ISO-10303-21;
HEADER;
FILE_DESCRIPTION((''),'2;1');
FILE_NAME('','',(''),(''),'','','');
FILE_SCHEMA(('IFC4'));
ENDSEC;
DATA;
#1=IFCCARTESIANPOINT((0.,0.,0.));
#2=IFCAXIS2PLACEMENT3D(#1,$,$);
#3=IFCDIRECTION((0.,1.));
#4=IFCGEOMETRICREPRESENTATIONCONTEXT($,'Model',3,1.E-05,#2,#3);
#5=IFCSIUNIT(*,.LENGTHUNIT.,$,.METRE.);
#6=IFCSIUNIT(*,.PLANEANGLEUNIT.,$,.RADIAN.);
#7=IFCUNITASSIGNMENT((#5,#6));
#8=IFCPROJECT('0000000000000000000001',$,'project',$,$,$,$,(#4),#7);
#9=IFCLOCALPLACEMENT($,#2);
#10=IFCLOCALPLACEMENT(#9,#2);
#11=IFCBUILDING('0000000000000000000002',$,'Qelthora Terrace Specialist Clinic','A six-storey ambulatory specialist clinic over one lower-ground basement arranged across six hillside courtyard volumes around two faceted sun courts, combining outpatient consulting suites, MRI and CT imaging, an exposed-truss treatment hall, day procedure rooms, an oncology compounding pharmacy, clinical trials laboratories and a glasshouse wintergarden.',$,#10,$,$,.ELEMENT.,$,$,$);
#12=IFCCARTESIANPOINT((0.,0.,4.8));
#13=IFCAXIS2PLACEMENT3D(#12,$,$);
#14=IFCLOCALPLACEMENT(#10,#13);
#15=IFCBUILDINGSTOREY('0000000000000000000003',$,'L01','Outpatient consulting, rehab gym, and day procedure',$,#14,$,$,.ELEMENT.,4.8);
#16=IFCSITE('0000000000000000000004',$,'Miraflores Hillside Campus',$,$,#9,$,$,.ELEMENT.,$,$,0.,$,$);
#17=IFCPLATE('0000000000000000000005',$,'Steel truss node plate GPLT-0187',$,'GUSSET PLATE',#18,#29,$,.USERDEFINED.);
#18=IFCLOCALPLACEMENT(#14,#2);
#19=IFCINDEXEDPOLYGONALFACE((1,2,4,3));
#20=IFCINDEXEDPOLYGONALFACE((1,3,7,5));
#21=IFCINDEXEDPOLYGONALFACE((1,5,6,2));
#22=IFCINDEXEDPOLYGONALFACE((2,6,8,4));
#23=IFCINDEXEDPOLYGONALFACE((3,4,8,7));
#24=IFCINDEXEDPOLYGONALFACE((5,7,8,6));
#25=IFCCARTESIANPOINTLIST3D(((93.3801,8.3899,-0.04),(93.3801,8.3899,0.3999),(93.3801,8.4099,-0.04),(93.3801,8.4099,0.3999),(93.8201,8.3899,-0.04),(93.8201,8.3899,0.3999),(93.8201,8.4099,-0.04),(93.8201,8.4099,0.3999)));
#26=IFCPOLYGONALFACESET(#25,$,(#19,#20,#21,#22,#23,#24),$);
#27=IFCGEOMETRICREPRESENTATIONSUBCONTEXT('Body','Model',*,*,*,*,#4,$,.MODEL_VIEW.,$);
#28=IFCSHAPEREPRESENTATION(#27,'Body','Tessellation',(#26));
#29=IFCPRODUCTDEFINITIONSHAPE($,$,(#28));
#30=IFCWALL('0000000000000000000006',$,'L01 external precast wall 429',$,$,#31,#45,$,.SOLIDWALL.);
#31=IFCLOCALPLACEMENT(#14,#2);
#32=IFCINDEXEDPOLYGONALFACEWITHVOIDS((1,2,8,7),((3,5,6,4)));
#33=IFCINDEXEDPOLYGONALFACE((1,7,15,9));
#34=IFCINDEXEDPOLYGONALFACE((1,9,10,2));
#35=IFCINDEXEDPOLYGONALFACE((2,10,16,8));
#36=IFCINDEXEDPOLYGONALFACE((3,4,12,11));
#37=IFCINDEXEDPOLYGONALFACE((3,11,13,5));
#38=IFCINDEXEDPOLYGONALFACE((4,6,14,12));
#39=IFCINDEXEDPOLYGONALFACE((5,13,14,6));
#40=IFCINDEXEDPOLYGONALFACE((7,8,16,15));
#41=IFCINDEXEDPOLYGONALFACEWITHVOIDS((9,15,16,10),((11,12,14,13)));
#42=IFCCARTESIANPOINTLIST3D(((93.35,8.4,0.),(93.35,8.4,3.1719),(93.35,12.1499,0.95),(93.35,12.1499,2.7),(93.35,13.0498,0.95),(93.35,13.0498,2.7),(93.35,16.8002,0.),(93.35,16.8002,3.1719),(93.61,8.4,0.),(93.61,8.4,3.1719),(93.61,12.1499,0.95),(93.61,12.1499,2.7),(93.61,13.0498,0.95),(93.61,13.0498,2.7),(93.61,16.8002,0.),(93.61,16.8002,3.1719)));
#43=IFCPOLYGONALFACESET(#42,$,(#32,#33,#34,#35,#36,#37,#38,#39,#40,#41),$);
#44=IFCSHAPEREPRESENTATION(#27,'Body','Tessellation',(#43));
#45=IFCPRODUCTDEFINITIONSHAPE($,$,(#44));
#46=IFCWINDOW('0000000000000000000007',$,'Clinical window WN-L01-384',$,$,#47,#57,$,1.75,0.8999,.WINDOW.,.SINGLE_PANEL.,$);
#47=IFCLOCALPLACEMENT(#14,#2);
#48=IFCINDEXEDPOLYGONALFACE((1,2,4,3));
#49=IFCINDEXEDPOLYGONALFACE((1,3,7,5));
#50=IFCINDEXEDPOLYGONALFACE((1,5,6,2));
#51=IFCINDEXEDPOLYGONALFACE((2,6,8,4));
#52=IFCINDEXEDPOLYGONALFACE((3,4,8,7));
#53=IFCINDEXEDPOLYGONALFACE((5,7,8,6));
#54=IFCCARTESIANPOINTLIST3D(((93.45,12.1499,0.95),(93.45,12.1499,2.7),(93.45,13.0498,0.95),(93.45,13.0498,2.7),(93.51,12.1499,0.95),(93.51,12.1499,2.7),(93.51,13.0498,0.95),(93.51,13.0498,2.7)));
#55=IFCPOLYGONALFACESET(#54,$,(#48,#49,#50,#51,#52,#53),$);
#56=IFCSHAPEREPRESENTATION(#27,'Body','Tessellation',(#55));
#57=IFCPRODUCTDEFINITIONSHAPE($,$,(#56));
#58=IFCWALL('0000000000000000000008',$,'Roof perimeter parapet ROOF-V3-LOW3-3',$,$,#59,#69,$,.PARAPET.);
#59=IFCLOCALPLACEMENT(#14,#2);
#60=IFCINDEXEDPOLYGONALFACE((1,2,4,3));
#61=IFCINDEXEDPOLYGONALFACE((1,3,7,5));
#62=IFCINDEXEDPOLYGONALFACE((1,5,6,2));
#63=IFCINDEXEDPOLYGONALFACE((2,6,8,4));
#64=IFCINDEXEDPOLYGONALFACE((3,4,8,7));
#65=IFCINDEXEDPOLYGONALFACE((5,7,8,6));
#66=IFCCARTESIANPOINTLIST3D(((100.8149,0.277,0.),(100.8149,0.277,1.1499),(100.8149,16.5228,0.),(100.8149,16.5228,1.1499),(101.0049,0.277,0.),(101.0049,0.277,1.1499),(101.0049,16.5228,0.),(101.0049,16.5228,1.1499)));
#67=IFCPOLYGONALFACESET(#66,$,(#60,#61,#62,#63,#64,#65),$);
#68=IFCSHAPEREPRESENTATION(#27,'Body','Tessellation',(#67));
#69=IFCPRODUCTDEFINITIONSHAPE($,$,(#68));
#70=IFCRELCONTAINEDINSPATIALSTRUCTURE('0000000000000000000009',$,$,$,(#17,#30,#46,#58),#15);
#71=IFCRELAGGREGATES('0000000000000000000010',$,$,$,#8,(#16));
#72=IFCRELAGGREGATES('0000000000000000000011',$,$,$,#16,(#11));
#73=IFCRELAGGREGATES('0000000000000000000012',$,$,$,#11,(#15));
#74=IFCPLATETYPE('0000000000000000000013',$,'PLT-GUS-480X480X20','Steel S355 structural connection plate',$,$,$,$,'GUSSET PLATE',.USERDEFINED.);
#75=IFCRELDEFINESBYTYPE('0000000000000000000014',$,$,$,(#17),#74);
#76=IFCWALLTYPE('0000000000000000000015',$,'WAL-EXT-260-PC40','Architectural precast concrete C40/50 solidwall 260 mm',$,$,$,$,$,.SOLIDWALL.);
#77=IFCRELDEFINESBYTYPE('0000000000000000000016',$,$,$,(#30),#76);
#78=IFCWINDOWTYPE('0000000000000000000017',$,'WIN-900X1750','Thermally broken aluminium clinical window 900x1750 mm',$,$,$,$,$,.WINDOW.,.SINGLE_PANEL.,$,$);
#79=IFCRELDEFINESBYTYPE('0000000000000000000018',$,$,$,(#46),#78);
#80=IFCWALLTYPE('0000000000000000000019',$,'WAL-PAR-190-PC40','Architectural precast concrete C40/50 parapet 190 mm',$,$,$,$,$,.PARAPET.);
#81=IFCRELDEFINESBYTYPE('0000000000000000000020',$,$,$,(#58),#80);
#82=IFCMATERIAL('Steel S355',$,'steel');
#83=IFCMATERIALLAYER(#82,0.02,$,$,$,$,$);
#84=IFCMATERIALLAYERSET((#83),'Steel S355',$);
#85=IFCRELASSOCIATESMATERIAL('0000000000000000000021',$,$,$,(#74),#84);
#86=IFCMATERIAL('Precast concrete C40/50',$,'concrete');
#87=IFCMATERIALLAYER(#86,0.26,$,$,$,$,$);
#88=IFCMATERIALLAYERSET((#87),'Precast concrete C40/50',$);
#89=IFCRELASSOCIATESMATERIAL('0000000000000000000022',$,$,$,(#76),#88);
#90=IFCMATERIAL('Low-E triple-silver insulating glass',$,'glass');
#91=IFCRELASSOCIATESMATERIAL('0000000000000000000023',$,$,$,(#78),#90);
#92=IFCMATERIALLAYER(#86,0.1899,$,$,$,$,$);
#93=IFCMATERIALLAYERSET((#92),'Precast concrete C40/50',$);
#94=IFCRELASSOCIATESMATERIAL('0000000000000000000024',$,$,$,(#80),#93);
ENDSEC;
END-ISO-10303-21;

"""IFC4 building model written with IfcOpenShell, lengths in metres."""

from ifc_helpers import new_model, si_unit, direction, frame, frame_2d, origin, origin_2d, place, context, subcontext, project, spatial, rectangle, extrude, material, layer, layer_set, type_object, element, fill, save


model = new_model("IFC4")

# Units and contexts
model_context = context("Model", 3, precision=1e-05, world=origin(), true_north=direction((0.0, 1.0)))
body_context = subcontext(model_context, "Body", "Model", "MODEL_VIEW")
ifc_project = project(units=[si_unit("LENGTHUNIT", "METRE"), si_unit("PLANEANGLEUNIT", "RADIAN")], contexts=[model_context])

# Site, building, storey
site_placement = place(None, origin())
site = spatial("IfcSite", under=ifc_project, at=site_placement, Name="Miraflores Hillside Campus", CompositionType="ELEMENT", RefElevation=0.0)
building_placement = place(site_placement, origin())
building = spatial("IfcBuilding", under=site, at=building_placement, Name="Qelthora Terrace Specialist Clinic", Description="A six-storey ambulatory specialist clinic over one lower-ground basement arranged across six hillside courtyard volumes around two faceted sun courts, combining outpatient consulting suites, MRI and CT imaging, an exposed-truss treatment hall, day procedure rooms, an oncology compounding pharmacy, clinical trials laboratories and a glasshouse wintergarden.", CompositionType="ELEMENT")
storey_placement = place(building_placement, frame((0.0, 0.0, 4.8)))
storey = spatial("IfcBuildingStorey", under=building, at=storey_placement, Name="L01", Description="Outpatient consulting, rehab gym, and day procedure", CompositionType="ELEMENT", Elevation=4.8)

# Shared definitions
ifc_material_1 = material(Name="Steel S355", Category="steel")

# Plate
ifc_material_2 = material(Name="Low-E triple-silver insulating glass", Category="glass")
ifc_layer_1 = layer(ifc_material_1, 0.02)
ifc_layer_set_1 = layer_set([ifc_layer_1], Name="Steel S355")
plate_type_1 = type_object("IfcPlateType", Name="PLT-GUS-480X480X20", Description="Steel S355 structural connection plate", ElementType="GUSSET PLATE", PredefinedType="USERDEFINED", material=ifc_layer_set_1)
plate_1_placement = place(storey_placement, frame((93.6001, 8.3999, -0.04), z_axis=(0.0, 0.0, 1.0), x_axis=(1.0, 0.0, 0.0)))
element("IfcPlate", 1, at=plate_1_placement, inside=storey, type_object=plate_type_1, Name="Steel truss node plate GPLT-0187", ObjectType="GUSSET PLATE", PredefinedType="USERDEFINED", context=body_context, shape_type="SweptSolid", body=[
    extrude(rectangle(XDim=0.4399, YDim=0.02, at=origin_2d()), origin(), (0.0, 0.0, 1.0), 0.4399),
])

# Wall, opening, window
ifc_material_3 = material(Name="Precast concrete C40/50", Category="concrete")
ifc_layer_2 = layer(ifc_material_3, 0.26)
ifc_layer_set_2 = layer_set([ifc_layer_2], Name="Precast concrete C40/50")
wall_type_1 = type_object("IfcWallType", Name="WAL-EXT-260-PC40", Description="Architectural precast concrete C40/50 solidwall 260 mm", PredefinedType="SOLIDWALL", material=ifc_layer_set_2)
wall_1_placement = place(storey_placement, frame((93.48, 8.3999, 0.0), z_axis=(0.0, 0.0, 1.0), x_axis=(0.0, 1.0, 0.0)))
wall_1 = element("IfcWall", 2, at=wall_1_placement, inside=storey, type_object=wall_type_1, Name="L01 external precast wall 429", PredefinedType="SOLIDWALL", context=body_context, shape_type="SweptSolid", body=[
    extrude(rectangle(XDim=8.4001, YDim=0.26, at=frame_2d((4.2002, 0.0))), origin(), (0.0, 0.0, 1.0), 3.1719),
])
opening_placement = place(wall_1_placement, frame((3.75, 0.0, 0.95)))
opening = element("IfcOpeningElement", 3, at=opening_placement, cuts=wall_1, PredefinedType="OPENING", context=body_context, shape_type="SweptSolid", body=[
    extrude(rectangle(XDim=0.8999, YDim=1.75, at=frame_2d((0.45, 0.875))), frame((0.0, 0.1399, 0.0), z_axis=(0.0, -1.0, 0.0), x_axis=(1.0, 0.0, 0.0)), (0.0, 0.0, 1.0), 0.28),
])
window_type = type_object("IfcWindowType", Name="WIN-900X1750", Description="Thermally broken aluminium clinical window 900x1750 mm", PartitioningType="SINGLE_PANEL", PredefinedType="WINDOW", material=ifc_material_2)
window_placement = place(opening_placement, origin())
window = element("IfcWindow", 4, at=window_placement, inside=storey, type_object=window_type, Name="Clinical window WN-L01-384", OverallHeight=1.75, OverallWidth=0.8999, PartitioningType="SINGLE_PANEL", PredefinedType="WINDOW", context=body_context, shape_type="SweptSolid", body=[
    extrude(rectangle(XDim=0.8999, YDim=1.75, at=frame_2d((0.45, 0.875))), frame((0.0, 0.03, 0.0), z_axis=(0.0, -1.0, 0.0), x_axis=(1.0, 0.0, 0.0)), (0.0, 0.0, 1.0), 0.0601),
])
fill(opening, window)

# Wall
ifc_layer_3 = layer(ifc_material_3, 0.1899)
ifc_layer_set_3 = layer_set([ifc_layer_3], Name="Precast concrete C40/50")
wall_type_2 = type_object("IfcWallType", Name="WAL-PAR-190-PC40", Description="Architectural precast concrete C40/50 parapet 190 mm", PredefinedType="PARAPET", material=ifc_layer_set_3)
wall_2_placement = place(storey_placement, frame((100.9099, 16.5229, 0.0), z_axis=(0.0, 0.0, 1.0), x_axis=(0.0, -1.0, 0.0)))
element("IfcWall", 5, at=wall_2_placement, inside=storey, type_object=wall_type_2, Name="Roof perimeter parapet ROOF-V3-LOW3-3", PredefinedType="PARAPET", context=body_context, shape_type="SweptSolid", body=[
    extrude(rectangle(XDim=16.2458, YDim=0.1899, at=frame_2d((8.123, 0.0))), origin(), (0.0, 0.0, 1.0), 1.1499),
])

save(model, "model.ifc")
